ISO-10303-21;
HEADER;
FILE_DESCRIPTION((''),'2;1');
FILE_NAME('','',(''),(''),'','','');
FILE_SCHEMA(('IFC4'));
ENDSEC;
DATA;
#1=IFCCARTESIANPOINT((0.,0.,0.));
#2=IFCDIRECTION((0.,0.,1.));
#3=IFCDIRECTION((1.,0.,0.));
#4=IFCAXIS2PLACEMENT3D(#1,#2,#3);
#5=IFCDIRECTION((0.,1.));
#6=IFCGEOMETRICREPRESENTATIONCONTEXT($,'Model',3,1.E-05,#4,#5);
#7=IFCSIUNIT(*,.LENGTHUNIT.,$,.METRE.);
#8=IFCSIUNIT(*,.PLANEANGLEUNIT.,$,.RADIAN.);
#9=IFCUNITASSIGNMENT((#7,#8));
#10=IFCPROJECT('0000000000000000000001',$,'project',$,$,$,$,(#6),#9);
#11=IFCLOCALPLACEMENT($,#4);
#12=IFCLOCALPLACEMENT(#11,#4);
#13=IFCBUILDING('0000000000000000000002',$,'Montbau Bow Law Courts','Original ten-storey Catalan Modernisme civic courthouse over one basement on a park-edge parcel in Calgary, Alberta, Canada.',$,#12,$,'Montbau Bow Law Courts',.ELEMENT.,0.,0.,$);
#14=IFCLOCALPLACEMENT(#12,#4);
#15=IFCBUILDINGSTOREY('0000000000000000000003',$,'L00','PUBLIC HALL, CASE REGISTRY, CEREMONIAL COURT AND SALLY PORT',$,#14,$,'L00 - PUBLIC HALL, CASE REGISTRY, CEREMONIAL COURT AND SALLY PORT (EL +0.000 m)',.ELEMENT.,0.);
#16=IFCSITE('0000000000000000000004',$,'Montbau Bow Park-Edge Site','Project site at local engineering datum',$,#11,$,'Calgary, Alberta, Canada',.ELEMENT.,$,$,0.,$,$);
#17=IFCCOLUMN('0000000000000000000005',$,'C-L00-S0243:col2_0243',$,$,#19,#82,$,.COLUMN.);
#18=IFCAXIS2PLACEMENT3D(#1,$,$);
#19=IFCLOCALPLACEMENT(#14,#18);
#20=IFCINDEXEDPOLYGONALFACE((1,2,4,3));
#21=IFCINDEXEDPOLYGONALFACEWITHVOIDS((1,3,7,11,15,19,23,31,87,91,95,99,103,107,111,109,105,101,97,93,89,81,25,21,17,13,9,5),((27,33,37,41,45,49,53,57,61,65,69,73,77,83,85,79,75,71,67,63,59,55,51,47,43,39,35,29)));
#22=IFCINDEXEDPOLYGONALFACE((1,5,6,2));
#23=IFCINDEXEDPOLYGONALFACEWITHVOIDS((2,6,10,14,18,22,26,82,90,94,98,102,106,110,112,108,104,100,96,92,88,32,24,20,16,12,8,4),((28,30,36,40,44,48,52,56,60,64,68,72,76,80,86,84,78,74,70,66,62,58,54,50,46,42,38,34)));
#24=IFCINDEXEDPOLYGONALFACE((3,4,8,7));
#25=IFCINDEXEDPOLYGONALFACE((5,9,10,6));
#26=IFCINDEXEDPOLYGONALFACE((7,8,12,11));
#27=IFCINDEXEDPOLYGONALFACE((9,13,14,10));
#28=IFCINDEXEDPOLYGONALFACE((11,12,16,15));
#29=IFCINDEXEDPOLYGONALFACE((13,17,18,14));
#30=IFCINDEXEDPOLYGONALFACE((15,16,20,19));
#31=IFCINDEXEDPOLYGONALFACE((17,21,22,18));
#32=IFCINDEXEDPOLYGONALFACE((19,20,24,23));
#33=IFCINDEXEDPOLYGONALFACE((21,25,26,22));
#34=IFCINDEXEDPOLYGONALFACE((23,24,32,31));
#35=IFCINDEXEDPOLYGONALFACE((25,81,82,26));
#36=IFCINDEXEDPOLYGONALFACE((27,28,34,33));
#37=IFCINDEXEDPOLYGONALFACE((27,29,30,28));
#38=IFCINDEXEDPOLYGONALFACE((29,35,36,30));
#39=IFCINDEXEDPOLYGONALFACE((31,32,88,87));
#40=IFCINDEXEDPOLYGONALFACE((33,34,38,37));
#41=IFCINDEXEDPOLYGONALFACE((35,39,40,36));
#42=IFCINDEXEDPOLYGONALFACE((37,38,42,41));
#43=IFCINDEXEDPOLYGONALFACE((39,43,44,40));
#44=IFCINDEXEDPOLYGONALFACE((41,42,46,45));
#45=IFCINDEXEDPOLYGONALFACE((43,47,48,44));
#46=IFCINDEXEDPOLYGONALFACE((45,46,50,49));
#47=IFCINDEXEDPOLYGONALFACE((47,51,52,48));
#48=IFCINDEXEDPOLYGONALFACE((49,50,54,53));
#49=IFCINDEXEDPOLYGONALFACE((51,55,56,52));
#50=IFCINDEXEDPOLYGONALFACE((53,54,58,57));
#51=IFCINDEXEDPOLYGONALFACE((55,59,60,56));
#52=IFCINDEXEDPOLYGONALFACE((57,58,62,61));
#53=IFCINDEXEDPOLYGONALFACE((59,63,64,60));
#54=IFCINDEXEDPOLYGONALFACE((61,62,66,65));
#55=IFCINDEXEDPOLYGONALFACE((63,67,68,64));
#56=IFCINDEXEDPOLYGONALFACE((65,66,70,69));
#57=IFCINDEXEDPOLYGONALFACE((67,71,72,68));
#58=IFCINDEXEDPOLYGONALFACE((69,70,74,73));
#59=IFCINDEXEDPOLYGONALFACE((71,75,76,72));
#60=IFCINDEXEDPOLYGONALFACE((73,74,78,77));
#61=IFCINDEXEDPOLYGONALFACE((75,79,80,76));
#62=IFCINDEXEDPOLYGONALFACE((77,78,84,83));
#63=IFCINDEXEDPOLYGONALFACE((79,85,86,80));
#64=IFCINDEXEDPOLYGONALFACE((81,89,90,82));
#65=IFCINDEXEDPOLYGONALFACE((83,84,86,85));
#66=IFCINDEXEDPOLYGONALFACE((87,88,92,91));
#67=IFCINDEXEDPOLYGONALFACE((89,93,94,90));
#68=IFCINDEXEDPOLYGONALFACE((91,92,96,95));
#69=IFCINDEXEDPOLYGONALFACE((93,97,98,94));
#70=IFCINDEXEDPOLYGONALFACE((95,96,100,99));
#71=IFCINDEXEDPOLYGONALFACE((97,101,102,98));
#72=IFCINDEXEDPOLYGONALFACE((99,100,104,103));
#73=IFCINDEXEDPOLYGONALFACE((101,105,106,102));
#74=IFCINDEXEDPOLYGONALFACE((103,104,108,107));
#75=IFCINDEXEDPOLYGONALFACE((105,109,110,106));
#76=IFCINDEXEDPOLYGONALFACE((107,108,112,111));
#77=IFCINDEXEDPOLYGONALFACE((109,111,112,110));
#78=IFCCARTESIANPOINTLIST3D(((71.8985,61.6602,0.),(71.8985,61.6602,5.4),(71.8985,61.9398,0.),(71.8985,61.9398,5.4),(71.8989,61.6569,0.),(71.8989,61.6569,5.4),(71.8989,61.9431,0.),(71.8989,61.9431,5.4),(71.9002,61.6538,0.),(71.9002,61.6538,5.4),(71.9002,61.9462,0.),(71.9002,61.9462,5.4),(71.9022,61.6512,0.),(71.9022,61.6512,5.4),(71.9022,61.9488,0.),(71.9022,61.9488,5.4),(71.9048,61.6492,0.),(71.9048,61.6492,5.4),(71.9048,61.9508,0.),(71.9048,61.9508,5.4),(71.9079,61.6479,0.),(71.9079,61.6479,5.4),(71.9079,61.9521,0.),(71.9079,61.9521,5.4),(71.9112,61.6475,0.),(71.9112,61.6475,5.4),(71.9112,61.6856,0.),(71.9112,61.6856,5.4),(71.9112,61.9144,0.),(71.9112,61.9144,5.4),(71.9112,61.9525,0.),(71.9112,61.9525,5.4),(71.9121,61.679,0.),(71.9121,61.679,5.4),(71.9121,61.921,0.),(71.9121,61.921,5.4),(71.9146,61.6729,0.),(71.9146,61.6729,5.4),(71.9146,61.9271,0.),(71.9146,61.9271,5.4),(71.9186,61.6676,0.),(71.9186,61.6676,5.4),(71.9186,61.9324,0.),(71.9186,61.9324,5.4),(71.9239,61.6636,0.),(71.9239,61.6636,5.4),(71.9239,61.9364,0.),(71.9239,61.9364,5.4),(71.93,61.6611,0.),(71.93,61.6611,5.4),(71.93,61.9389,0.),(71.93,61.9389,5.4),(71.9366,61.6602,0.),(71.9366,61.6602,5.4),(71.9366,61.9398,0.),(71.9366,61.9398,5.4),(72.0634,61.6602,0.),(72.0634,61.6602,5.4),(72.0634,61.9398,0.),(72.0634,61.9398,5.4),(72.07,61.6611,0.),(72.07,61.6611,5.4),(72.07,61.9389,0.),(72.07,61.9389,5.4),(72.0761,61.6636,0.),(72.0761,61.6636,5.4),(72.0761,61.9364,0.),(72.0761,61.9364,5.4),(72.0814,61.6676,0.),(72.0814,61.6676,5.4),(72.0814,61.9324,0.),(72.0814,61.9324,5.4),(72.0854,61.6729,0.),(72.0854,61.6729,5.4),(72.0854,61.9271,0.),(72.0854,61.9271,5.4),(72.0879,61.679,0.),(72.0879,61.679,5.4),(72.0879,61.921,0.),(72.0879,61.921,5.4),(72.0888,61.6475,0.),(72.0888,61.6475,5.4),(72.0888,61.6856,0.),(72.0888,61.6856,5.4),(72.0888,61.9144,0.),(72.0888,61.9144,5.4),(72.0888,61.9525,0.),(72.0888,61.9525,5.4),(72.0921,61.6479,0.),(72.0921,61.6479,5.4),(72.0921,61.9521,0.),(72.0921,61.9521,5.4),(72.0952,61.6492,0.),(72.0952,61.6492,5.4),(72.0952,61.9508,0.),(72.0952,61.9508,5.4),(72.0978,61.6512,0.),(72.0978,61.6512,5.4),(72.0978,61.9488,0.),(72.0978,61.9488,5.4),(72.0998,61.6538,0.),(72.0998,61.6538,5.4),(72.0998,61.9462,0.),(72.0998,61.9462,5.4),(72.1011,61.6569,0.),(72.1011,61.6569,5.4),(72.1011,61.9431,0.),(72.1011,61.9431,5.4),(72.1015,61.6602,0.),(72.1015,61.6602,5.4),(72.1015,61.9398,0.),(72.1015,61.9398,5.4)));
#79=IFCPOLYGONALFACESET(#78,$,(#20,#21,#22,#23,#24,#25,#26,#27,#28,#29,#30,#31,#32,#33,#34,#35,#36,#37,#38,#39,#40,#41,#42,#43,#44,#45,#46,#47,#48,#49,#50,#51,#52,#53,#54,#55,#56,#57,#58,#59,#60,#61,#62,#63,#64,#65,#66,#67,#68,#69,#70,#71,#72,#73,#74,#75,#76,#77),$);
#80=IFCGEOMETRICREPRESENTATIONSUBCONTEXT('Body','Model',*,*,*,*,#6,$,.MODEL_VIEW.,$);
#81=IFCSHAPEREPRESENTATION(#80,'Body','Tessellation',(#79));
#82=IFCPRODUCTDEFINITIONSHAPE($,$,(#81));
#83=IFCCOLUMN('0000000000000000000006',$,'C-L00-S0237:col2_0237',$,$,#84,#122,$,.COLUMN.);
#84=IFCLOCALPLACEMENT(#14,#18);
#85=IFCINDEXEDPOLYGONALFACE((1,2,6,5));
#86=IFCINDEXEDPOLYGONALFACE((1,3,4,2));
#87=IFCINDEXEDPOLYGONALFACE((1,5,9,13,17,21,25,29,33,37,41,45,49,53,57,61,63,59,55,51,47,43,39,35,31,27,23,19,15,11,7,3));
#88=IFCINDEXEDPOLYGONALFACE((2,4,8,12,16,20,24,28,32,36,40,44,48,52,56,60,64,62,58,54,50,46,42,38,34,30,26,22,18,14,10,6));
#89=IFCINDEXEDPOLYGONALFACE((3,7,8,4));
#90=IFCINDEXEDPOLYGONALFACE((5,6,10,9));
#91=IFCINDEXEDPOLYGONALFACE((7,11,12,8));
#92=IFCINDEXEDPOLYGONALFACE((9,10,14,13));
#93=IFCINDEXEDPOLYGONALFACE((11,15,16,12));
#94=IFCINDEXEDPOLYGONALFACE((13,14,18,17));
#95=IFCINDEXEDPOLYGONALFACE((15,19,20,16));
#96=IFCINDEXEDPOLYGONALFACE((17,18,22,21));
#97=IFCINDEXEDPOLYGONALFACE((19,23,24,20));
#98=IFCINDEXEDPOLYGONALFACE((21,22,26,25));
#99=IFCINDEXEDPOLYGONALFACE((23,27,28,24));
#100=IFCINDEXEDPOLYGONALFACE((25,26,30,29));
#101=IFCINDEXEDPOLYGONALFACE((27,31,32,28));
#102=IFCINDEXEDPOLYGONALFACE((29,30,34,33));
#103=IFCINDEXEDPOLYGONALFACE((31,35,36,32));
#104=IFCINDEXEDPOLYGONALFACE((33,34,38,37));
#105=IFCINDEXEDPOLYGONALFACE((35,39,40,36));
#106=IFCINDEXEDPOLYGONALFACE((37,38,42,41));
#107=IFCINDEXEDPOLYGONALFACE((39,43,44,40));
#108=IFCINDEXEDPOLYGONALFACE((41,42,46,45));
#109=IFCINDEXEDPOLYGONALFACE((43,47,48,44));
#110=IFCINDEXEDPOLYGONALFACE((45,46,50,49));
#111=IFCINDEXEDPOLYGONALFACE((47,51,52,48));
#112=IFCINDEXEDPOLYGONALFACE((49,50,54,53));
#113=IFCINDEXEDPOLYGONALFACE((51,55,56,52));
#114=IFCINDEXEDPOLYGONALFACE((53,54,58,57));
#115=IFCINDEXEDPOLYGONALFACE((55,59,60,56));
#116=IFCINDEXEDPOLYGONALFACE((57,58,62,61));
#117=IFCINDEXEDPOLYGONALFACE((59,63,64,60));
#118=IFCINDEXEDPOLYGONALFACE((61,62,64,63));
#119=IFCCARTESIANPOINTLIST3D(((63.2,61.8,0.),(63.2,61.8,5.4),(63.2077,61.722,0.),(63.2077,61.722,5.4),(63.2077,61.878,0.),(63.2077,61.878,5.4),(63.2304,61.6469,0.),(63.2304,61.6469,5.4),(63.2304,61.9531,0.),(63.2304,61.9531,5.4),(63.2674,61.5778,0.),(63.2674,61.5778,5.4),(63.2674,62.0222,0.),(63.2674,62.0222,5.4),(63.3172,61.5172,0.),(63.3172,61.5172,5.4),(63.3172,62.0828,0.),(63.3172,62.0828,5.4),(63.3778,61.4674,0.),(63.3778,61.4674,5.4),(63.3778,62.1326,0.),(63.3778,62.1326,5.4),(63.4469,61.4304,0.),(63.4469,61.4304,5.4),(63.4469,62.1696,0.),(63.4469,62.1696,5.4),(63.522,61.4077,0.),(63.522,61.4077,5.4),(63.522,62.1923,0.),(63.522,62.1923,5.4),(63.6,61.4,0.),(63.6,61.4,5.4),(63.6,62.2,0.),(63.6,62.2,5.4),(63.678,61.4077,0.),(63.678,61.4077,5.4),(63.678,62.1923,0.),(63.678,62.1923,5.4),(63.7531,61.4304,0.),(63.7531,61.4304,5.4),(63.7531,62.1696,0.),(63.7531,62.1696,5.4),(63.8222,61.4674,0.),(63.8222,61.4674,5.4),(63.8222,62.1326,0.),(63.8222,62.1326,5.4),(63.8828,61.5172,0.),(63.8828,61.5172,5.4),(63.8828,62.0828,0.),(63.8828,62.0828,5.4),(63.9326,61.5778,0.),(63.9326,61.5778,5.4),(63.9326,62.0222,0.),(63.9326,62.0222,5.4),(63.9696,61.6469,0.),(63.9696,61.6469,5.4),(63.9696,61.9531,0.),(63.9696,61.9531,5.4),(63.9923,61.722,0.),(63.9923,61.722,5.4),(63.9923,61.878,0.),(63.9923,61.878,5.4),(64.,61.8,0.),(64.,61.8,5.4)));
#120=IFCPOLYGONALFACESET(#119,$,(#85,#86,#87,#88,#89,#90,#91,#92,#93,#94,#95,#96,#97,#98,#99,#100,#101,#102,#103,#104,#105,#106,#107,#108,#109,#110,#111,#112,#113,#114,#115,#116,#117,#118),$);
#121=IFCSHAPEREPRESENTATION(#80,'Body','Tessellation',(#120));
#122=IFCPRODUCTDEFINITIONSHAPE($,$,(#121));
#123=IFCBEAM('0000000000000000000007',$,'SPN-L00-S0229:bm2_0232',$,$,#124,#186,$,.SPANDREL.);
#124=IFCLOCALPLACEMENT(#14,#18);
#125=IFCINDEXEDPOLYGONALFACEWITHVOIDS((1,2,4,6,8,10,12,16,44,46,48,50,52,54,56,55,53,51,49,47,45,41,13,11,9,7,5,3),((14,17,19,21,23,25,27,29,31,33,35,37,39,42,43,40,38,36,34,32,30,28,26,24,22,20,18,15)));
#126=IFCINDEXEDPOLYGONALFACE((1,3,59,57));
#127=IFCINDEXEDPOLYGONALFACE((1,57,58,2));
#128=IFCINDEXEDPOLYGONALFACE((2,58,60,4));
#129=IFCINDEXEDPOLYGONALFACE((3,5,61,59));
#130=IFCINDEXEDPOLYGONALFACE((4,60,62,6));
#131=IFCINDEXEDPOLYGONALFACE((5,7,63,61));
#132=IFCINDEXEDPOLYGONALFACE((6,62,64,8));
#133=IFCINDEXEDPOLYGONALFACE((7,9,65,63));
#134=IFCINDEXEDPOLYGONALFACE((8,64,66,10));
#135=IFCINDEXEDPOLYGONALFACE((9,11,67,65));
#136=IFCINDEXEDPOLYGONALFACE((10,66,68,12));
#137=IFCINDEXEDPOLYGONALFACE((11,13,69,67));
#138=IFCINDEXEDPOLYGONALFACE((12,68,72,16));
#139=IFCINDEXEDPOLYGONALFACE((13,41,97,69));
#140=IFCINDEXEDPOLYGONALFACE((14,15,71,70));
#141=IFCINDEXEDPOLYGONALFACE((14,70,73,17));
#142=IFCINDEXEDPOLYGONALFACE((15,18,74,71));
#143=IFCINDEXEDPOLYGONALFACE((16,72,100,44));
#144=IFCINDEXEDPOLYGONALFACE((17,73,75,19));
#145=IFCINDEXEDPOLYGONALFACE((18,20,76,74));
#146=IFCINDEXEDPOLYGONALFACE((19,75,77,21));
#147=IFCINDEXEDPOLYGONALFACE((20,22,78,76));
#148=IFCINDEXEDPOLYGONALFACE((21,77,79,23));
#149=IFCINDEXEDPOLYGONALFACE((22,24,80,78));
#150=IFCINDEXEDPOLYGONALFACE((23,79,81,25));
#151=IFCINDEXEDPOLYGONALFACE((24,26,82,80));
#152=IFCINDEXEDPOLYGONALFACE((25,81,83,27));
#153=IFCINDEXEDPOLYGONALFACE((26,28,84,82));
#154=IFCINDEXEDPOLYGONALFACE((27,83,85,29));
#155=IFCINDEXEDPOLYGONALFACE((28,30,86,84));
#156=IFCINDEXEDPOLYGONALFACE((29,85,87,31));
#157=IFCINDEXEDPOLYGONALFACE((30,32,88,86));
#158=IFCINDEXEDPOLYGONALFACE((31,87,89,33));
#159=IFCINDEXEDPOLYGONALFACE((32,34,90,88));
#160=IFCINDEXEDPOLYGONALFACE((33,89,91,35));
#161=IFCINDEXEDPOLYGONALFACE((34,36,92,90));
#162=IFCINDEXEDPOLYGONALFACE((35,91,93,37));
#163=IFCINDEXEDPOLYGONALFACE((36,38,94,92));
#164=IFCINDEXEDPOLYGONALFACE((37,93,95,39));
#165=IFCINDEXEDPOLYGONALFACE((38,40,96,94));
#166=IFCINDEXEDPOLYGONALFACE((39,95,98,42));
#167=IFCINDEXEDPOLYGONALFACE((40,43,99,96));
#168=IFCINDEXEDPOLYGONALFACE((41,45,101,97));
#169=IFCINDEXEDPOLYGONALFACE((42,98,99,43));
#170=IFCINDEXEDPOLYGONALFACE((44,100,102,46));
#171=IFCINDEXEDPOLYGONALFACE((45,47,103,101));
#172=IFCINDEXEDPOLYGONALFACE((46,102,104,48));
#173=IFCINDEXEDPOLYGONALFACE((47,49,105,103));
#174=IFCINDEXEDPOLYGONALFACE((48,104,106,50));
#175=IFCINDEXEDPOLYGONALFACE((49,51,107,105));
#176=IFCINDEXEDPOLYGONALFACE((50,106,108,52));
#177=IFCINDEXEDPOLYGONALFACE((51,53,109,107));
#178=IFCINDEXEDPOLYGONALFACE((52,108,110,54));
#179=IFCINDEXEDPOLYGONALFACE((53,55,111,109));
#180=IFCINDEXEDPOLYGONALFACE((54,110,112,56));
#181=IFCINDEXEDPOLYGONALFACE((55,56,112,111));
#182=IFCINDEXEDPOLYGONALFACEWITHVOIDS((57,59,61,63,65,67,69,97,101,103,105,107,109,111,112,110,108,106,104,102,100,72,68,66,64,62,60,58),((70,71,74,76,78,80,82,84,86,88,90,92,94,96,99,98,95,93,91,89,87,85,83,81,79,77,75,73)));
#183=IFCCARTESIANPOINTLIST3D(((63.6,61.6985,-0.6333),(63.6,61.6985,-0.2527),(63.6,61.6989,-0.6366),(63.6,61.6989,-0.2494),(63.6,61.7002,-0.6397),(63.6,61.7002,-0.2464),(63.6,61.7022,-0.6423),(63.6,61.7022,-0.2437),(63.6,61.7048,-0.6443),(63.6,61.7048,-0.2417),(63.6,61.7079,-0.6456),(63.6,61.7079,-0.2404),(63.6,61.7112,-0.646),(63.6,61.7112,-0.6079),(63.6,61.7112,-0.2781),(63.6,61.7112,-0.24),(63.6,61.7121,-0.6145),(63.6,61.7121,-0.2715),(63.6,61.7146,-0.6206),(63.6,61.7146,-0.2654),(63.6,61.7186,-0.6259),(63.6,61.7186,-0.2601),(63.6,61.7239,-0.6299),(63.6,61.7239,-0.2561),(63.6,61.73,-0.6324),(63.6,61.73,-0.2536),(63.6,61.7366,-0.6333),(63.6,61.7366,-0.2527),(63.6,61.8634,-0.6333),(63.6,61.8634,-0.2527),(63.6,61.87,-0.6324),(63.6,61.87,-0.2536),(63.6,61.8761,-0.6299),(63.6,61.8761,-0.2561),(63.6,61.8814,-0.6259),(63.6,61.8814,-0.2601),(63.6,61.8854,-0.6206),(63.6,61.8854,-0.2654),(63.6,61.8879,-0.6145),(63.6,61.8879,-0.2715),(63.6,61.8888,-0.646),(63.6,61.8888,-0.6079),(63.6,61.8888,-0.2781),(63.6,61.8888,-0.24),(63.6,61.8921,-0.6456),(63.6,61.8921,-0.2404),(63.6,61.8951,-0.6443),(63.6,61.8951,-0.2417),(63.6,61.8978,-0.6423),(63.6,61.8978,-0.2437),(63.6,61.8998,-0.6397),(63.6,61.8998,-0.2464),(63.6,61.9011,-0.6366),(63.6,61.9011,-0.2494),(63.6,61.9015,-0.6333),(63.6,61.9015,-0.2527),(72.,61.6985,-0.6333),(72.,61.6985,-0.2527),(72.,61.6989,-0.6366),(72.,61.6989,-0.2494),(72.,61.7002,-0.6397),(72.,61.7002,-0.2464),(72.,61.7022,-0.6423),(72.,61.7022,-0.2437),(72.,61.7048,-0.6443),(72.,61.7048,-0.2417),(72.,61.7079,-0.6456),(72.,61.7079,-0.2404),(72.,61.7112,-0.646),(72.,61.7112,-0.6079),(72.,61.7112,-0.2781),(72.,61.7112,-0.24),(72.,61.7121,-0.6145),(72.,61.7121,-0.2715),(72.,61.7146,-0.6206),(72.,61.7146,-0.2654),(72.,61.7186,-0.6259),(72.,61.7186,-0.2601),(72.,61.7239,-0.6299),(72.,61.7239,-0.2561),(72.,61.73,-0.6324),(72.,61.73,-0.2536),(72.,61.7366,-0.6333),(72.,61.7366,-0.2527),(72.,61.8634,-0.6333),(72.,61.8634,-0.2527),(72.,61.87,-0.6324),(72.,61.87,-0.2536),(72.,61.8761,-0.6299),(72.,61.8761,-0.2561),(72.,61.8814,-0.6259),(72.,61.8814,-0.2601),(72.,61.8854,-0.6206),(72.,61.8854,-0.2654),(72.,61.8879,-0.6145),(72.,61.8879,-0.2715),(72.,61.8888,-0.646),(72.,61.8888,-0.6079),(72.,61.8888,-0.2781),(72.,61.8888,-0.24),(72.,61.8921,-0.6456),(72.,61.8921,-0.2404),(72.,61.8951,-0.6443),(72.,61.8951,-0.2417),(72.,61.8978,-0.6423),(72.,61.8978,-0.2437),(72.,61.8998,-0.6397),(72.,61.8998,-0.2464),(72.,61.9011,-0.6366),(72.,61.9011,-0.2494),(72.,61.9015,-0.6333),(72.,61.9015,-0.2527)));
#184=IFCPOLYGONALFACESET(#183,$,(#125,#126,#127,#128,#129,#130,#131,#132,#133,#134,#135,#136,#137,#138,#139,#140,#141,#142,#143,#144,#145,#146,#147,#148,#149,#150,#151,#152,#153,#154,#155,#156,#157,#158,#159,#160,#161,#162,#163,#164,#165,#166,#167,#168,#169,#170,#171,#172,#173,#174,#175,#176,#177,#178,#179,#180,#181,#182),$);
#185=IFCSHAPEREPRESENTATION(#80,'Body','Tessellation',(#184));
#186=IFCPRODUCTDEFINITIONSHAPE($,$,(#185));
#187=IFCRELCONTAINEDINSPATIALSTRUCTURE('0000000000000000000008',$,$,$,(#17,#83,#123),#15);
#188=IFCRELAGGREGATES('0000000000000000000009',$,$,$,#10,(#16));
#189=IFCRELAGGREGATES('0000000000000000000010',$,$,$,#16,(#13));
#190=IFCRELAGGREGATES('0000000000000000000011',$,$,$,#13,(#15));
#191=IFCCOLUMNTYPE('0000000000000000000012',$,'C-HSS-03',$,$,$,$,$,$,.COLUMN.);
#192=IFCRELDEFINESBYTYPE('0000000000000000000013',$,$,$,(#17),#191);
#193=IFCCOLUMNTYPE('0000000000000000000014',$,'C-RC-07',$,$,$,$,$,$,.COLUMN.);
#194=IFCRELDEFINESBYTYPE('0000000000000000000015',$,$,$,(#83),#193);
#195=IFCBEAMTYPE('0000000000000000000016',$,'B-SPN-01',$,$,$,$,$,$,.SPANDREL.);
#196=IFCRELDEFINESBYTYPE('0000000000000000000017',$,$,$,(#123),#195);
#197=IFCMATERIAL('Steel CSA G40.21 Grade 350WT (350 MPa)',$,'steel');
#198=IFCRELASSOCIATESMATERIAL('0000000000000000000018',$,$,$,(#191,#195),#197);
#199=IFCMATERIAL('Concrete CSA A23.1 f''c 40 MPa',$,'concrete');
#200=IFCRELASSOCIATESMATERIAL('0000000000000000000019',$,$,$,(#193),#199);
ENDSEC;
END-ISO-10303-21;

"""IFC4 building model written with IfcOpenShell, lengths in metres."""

from ifc_helpers import new_model, si_unit, direction, frame, origin_with_axes, origin_2d_with_axis, place, context, subcontext, project, spatial, hollow_rectangle, circle, extrude, material, material_profile, profile_set, type_object, element, save


model = new_model("IFC4")

# Units and contexts
model_context = context("Model", 3, precision=1e-05, world=origin_with_axes(), true_north=direction((0.0, 1.0)))
body_context = subcontext(model_context, "Body", "Model", "MODEL_VIEW")
ifc_project = project(units=[si_unit("LENGTHUNIT", "METRE"), si_unit("PLANEANGLEUNIT", "RADIAN")], contexts=[model_context])

# Site, building, storey
site_placement = place(None, origin_with_axes())
site = spatial("IfcSite", under=ifc_project, at=site_placement, Name="Montbau Bow Park-Edge Site", Description="Project site at local engineering datum", LongName="Calgary, Alberta, Canada", CompositionType="ELEMENT", RefElevation=0.0)
building_placement = place(site_placement, origin_with_axes())
building = spatial("IfcBuilding", under=site, at=building_placement, Name="Montbau Bow Law Courts", Description="Original ten-storey Catalan Modernisme civic courthouse over one basement on a park-edge parcel in Calgary, Alberta, Canada.", LongName="Montbau Bow Law Courts", CompositionType="ELEMENT", ElevationOfRefHeight=0.0, ElevationOfTerrain=0.0)
storey_placement = place(building_placement, origin_with_axes())
storey = spatial("IfcBuildingStorey", under=building, at=storey_placement, Name="L00", Description="PUBLIC HALL, CASE REGISTRY, CEREMONIAL COURT AND SALLY PORT", LongName="L00 - PUBLIC HALL, CASE REGISTRY, CEREMONIAL COURT AND SALLY PORT (EL +0.000 m)", CompositionType="ELEMENT", Elevation=0.0)

# Columns
ifc_material_1 = material(Name="Steel CSA G40.21 Grade 350WT (350 MPa)", Category="steel")
ifc_material_profile_1 = material_profile(ifc_material_1, hollow_rectangle(XDim=0.203, YDim=0.305, WallThickness=0.0127, InnerFilletRadius=0.0254, OuterFilletRadius=0.0127, at=origin_2d_with_axis()), Name="HSS305X203X13", Category="Main", Priority=0)
ifc_profile_set_1 = profile_set([ifc_material_profile_1], Name="Steel CSA G40.21 Grade 350WT (350 MPa)")
column_type_1 = type_object("IfcColumnType", Name="C-HSS-03", PredefinedType="COLUMN", material=ifc_profile_set_1)
column_1_placement = place(None, frame((72.0, 61.8, 0.0), z_axis=(0.0, 0.0, 1.0), x_axis=(1.0, 0.0, 0.0)))
element("IfcColumn", 1, at=column_1_placement, inside=storey, type_object=column_type_1, Name="C-L00-S0243:col2_0243", PredefinedType="COLUMN", context=body_context, shape_type="SweptSolid", body=[
    extrude(hollow_rectangle(XDim=0.203, YDim=0.305, WallThickness=0.0127, InnerFilletRadius=0.0254, OuterFilletRadius=0.0127, at=origin_2d_with_axis()), origin_with_axes(), (0.0, 0.0, 1.0), 5.4),
])
ifc_material_2 = material(Name="Concrete CSA A23.1 f'c 40 MPa", Category="concrete")
ifc_material_profile_2 = material_profile(ifc_material_2, circle(Radius=0.4, at=origin_2d_with_axis()), Name="RC800D", Category="Main", Priority=0)
ifc_profile_set_2 = profile_set([ifc_material_profile_2], Name="Concrete CSA A23.1 f'c 40 MPa")
column_type_2 = type_object("IfcColumnType", Name="C-RC-07", PredefinedType="COLUMN", material=ifc_profile_set_2)
column_2_placement = place(None, frame((63.6, 61.8, 0.0), z_axis=(0.0, 0.0, 1.0), x_axis=(1.0, 0.0, 0.0)))
element("IfcColumn", 2, at=column_2_placement, inside=storey, type_object=column_type_2, Name="C-L00-S0237:col2_0237", PredefinedType="COLUMN", context=body_context, shape_type="SweptSolid", body=[
    extrude(circle(Radius=0.4, at=origin_2d_with_axis()), origin_with_axes(), (0.0, 0.0, 1.0), 5.4),
])

# Beam
ifc_material_profile_3 = material_profile(ifc_material_1, hollow_rectangle(XDim=0.203, YDim=0.406, WallThickness=0.0127, InnerFilletRadius=0.0254, OuterFilletRadius=0.0127, at=origin_2d_with_axis()), Name="HSS406X203X13", Category="Main", Priority=0)
ifc_profile_set_3 = profile_set([ifc_material_profile_3], Name="Steel CSA G40.21 Grade 350WT (350 MPa)")
beam_type_1 = type_object("IfcBeamType", Name="B-SPN-01", PredefinedType="SPANDREL", material=ifc_profile_set_3)
beam_1_placement = place(None, frame((63.6, 61.8, -0.443), z_axis=(1.0, 0.0, 0.0), x_axis=(0.0, 1.0, 0.0)))
element("IfcBeam", 3, at=beam_1_placement, inside=storey, type_object=beam_type_1, Name="SPN-L00-S0229:bm2_0232", PredefinedType="SPANDREL", context=body_context, shape_type="SweptSolid", body=[
    extrude(hollow_rectangle(XDim=0.203, YDim=0.406, WallThickness=0.0127, InnerFilletRadius=0.0254, OuterFilletRadius=0.0127, at=origin_2d_with_axis()), origin_with_axes(), (0.0, 0.0, 1.0), 8.4),
])

save(model, "model.ifc")
